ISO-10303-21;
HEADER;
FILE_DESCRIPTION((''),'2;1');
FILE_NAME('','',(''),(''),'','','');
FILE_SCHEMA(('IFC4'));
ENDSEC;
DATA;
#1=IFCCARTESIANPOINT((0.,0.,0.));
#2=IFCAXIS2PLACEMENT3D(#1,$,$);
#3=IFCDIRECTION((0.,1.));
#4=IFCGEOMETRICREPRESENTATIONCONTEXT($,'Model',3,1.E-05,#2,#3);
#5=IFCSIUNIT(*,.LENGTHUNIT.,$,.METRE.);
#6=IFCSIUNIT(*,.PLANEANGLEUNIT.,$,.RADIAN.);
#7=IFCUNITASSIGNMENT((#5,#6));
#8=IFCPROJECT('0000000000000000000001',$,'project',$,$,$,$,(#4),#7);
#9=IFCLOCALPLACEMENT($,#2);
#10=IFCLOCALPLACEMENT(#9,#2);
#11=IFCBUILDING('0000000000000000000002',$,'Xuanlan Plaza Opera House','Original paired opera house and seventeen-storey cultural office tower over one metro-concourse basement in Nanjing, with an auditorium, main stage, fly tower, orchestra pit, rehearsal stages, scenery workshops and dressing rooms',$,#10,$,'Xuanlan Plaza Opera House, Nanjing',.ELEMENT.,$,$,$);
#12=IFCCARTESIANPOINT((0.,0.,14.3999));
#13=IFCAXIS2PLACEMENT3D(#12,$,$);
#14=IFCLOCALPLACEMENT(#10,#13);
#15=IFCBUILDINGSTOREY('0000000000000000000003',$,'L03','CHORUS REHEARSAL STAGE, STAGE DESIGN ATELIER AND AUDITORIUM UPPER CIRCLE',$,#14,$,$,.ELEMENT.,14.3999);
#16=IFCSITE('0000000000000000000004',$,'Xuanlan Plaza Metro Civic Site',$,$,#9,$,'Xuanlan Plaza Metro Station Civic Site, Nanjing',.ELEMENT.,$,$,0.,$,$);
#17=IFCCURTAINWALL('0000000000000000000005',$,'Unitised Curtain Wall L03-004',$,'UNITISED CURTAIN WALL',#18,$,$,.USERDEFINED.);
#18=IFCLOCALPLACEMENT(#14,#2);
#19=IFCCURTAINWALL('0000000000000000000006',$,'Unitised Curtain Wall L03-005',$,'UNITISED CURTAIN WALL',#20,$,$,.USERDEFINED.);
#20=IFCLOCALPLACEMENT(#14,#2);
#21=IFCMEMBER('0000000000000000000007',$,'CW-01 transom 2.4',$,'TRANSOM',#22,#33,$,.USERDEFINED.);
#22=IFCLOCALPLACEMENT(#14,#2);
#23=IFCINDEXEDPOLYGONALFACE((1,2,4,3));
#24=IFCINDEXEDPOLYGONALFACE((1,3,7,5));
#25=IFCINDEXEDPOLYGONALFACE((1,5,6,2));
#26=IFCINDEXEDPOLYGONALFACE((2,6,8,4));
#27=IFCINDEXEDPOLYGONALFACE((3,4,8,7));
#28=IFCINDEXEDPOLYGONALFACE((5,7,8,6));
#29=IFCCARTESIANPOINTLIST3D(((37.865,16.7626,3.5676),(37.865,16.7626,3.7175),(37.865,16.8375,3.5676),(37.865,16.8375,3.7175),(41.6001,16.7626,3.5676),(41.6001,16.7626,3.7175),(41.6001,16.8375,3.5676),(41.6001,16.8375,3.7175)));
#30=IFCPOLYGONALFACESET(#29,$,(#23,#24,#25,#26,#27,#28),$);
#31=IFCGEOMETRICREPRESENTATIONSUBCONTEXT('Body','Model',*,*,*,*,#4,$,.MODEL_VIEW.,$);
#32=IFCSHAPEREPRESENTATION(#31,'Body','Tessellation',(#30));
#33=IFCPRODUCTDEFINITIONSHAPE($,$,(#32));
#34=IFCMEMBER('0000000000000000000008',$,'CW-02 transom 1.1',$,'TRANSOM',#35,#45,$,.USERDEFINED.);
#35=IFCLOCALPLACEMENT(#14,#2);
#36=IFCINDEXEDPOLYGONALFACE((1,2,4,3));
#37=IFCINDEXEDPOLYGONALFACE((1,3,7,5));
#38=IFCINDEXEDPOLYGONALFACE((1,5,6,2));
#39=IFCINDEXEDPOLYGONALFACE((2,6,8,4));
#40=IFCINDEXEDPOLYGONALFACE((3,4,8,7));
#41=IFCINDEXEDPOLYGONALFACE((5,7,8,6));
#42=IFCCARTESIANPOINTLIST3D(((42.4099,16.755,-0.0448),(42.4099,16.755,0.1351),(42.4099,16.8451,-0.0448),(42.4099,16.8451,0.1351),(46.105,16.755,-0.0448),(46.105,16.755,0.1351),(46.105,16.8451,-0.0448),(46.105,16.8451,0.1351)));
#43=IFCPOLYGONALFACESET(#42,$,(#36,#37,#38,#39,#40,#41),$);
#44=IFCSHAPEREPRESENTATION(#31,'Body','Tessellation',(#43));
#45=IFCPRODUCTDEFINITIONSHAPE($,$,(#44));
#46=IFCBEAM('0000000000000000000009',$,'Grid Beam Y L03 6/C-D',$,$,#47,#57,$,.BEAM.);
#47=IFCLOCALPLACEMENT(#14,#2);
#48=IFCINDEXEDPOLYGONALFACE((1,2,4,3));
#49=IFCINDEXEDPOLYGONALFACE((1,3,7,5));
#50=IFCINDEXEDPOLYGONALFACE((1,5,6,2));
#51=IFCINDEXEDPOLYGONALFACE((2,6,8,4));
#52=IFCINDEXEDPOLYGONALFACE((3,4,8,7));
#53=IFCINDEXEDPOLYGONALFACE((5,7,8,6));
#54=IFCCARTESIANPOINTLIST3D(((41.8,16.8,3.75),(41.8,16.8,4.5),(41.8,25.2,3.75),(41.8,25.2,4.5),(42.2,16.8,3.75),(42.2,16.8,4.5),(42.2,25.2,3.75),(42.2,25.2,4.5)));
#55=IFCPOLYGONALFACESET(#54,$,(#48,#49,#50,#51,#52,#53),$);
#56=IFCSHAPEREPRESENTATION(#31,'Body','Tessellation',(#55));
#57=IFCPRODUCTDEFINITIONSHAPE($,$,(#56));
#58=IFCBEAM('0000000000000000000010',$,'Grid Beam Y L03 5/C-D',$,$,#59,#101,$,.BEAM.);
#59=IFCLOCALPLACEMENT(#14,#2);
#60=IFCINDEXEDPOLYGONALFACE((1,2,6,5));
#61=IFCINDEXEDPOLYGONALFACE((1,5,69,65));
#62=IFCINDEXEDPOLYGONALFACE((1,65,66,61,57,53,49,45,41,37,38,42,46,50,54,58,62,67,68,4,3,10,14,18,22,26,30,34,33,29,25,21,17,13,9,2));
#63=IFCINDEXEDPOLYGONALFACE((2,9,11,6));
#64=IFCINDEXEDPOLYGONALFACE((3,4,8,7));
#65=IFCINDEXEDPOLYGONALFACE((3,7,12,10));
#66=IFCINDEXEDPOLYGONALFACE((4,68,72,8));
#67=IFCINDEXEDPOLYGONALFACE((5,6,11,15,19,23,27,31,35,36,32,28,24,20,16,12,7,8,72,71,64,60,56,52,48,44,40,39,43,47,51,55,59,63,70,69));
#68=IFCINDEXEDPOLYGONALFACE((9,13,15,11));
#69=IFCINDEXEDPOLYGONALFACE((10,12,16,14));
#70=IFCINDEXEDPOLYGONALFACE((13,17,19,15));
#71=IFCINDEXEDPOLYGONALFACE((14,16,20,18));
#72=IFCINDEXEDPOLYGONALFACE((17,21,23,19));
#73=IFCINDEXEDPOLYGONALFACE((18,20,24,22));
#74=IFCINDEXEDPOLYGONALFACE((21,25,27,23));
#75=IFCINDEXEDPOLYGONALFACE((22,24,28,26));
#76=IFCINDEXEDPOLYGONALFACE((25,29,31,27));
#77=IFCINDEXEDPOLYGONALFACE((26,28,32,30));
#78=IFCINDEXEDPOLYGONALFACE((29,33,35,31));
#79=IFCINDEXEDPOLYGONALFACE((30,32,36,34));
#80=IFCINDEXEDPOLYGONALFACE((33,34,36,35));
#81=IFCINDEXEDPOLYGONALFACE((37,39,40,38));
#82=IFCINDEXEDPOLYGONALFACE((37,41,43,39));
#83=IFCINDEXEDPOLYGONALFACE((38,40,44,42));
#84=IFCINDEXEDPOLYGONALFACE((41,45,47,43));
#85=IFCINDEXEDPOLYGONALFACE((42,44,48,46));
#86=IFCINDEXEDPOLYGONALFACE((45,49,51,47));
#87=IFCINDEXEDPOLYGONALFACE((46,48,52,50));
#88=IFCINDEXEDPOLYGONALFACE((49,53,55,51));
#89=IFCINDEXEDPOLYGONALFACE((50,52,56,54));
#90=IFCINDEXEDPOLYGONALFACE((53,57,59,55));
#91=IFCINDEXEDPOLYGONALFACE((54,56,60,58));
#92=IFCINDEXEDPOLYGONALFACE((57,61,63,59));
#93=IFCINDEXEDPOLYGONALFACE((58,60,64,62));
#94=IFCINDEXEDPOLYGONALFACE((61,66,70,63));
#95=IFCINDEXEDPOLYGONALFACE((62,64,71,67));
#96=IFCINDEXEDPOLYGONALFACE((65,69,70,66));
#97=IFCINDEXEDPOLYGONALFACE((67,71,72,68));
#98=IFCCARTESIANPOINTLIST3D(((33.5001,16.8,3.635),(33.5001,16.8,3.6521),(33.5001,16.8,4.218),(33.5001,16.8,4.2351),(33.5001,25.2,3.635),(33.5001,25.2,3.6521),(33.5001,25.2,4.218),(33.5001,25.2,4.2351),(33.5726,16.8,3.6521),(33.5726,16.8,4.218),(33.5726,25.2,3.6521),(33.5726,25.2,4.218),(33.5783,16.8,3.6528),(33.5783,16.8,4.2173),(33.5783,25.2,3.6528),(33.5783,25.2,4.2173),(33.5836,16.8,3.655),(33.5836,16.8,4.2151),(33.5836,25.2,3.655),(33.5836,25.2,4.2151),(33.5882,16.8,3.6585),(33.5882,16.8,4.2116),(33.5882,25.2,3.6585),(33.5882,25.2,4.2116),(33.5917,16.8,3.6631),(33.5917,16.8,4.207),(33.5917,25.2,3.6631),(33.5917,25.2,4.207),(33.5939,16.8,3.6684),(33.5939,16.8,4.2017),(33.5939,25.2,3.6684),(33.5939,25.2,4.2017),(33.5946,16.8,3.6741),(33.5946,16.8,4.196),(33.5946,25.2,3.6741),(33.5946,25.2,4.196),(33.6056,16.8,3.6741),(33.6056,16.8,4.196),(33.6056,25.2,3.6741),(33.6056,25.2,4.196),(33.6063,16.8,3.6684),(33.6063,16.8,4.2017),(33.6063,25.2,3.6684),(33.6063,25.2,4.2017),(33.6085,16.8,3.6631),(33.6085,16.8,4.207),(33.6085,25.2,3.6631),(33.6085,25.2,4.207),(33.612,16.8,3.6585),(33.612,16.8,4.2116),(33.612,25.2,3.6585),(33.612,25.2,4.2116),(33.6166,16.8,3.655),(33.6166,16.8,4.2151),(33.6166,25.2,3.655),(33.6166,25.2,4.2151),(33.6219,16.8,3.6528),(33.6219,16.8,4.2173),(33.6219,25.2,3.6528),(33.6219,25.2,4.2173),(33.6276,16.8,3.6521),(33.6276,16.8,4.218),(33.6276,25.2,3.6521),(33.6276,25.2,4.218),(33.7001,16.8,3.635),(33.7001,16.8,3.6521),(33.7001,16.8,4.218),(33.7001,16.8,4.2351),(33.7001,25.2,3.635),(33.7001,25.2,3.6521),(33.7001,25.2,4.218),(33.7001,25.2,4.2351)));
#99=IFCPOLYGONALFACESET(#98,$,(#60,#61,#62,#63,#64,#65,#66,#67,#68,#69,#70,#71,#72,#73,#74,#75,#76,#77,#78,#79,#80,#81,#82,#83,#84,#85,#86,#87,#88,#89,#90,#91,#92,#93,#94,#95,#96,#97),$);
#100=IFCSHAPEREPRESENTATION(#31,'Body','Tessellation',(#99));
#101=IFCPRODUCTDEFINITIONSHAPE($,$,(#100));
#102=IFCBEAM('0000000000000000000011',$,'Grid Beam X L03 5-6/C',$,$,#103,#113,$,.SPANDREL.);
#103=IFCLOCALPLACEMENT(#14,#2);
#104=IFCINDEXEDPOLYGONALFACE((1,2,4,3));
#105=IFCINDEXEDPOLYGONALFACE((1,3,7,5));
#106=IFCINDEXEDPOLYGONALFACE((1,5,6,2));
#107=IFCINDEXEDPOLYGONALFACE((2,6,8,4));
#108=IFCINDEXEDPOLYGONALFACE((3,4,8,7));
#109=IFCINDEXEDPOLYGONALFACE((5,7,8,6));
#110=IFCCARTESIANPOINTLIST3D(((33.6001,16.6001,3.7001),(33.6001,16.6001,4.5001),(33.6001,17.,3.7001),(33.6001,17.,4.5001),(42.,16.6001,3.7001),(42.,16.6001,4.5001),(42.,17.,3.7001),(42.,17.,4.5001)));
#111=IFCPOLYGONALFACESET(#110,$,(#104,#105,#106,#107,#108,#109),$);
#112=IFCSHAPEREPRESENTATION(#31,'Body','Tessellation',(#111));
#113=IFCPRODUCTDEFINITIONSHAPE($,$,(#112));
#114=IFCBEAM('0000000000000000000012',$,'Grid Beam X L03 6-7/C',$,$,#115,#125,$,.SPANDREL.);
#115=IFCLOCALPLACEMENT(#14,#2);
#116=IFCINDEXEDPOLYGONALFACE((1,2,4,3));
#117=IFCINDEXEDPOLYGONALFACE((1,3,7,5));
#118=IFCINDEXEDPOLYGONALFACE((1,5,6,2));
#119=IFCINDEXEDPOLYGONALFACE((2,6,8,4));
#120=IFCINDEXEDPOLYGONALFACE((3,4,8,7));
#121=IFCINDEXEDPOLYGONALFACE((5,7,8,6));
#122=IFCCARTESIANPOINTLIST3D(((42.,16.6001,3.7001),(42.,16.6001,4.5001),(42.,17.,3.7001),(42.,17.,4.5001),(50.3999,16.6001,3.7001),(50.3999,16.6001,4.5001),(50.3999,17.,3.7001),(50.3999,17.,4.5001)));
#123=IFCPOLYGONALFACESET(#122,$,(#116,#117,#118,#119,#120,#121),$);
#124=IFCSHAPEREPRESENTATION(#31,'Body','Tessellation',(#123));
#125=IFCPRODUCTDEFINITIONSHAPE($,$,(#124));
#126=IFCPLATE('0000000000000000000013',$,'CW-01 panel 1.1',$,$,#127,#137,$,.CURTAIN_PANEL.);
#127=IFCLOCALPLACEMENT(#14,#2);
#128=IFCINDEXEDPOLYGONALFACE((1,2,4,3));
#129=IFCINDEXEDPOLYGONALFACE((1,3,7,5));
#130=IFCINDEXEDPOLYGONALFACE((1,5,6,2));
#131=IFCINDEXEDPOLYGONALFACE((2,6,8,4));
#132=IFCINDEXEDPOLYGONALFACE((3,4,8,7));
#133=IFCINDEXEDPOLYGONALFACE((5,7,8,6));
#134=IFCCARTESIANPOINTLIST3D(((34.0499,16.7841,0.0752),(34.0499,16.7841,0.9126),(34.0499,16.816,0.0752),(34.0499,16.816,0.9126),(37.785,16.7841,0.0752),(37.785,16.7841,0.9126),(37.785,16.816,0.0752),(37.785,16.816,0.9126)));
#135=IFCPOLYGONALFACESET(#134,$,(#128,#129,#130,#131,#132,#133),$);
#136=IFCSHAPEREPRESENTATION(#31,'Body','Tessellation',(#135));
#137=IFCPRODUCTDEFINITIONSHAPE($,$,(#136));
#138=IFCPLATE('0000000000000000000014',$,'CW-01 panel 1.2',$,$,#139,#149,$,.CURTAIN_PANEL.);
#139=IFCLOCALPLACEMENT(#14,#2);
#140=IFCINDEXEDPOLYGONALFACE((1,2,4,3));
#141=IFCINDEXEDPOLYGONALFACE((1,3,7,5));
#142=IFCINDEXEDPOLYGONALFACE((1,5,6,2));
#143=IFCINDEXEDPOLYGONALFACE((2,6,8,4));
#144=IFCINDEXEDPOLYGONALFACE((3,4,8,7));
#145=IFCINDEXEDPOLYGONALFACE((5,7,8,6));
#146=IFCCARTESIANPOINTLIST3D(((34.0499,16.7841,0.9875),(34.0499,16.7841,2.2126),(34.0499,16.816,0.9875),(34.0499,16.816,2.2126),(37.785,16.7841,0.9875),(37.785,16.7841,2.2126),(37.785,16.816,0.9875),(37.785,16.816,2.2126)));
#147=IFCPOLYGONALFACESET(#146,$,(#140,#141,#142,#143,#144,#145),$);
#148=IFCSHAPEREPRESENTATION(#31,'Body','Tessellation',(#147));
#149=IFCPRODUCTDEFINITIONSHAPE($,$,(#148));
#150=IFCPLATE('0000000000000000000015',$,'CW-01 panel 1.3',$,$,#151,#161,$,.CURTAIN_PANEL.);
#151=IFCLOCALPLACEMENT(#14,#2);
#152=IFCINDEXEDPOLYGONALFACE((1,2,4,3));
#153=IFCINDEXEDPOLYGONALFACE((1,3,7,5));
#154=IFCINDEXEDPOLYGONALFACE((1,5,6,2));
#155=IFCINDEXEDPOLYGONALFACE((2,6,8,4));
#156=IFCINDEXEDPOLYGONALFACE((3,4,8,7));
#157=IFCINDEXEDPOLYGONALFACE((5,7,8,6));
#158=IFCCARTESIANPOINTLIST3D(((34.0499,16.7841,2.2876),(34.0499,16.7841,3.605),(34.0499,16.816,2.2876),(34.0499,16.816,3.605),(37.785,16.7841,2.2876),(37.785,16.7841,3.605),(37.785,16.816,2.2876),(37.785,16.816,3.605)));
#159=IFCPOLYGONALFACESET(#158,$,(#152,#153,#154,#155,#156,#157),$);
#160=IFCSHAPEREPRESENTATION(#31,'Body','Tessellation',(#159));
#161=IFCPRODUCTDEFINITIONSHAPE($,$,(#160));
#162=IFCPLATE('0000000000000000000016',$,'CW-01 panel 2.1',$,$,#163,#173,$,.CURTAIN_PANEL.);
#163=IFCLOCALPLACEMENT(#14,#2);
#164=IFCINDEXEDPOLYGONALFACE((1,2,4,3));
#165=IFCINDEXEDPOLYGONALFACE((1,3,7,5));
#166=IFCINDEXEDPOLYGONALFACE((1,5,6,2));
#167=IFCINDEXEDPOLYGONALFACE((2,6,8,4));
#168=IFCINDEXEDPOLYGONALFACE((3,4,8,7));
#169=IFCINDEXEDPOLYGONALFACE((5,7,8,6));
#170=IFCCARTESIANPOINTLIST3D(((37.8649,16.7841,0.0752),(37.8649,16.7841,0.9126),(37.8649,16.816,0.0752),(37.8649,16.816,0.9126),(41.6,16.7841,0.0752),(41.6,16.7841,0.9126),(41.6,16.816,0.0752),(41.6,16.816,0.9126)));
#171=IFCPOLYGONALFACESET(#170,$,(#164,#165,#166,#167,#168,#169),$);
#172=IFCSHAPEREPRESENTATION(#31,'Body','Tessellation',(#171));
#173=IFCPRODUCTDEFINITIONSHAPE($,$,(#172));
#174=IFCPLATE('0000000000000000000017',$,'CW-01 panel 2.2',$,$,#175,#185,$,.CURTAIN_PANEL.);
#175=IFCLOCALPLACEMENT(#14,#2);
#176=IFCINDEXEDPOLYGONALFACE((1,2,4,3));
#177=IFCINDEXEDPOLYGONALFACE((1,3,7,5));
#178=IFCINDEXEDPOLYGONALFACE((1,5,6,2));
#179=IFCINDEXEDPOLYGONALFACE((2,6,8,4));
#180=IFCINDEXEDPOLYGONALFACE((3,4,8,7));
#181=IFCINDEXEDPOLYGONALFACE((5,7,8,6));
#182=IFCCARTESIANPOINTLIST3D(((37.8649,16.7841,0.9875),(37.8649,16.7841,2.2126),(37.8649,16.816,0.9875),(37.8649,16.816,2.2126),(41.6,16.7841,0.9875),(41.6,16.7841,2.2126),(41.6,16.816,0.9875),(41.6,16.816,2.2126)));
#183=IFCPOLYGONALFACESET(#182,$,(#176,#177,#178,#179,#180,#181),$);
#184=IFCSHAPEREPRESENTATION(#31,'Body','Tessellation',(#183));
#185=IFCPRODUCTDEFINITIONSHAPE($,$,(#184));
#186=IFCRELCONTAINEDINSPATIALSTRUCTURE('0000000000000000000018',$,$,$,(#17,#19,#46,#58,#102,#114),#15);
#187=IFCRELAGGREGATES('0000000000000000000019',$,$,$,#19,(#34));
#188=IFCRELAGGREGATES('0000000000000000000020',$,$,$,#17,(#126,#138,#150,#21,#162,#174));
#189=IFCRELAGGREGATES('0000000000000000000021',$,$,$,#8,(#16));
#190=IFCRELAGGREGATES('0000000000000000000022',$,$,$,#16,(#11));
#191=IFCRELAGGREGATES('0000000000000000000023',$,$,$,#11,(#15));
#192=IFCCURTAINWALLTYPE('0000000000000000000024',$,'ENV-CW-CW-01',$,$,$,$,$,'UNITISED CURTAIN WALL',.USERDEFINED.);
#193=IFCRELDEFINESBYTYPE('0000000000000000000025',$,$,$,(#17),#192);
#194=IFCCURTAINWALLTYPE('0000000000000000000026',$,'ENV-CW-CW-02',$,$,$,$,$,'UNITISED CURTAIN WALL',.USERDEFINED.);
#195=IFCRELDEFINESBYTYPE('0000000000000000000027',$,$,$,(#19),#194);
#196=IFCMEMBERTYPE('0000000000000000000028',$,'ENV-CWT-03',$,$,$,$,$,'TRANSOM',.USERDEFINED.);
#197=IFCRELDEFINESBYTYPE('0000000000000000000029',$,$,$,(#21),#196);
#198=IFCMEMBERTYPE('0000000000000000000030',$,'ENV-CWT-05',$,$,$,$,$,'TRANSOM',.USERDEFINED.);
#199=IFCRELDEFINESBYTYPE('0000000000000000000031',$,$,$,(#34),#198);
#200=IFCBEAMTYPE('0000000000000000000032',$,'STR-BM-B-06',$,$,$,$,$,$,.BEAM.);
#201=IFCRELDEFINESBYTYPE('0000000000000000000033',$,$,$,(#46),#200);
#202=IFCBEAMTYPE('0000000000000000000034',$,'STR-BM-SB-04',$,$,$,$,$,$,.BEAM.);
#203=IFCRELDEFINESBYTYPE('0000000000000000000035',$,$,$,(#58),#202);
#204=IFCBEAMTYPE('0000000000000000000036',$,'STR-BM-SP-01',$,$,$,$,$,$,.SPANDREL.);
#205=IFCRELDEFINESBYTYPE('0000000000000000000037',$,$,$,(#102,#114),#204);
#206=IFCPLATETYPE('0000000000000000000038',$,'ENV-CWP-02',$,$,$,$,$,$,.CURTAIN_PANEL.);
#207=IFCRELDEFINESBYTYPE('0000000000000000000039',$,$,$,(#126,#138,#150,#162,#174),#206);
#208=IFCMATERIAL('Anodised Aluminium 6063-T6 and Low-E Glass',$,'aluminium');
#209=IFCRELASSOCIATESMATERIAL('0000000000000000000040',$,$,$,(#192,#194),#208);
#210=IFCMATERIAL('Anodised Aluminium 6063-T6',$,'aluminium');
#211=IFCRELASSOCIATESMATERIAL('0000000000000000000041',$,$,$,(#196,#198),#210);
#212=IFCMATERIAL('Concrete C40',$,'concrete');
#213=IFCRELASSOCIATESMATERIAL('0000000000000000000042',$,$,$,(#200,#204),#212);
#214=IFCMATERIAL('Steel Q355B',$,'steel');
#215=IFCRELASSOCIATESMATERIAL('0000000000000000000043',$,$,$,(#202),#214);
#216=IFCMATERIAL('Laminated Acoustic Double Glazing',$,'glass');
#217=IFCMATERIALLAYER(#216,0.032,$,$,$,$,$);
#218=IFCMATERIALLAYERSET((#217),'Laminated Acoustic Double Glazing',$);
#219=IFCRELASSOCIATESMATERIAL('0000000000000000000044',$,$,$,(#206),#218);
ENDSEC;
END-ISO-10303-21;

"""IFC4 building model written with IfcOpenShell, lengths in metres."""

from ifc_helpers import new_model, si_unit, direction, frame, origin, origin_2d, place, context, subcontext, project, spatial, rectangle, i_section, extrude, material, layer, layer_set, material_profile, profile_set, type_object, element, aggregate, save


model = new_model("IFC4")

# Units and contexts
model_context = context("Model", 3, precision=1e-05, world=origin(), true_north=direction((0.0, 1.0)))
body_context = subcontext(model_context, "Body", "Model", "MODEL_VIEW")
ifc_project = project(units=[si_unit("LENGTHUNIT", "METRE"), si_unit("PLANEANGLEUNIT", "RADIAN")], contexts=[model_context])

# Site, building, storey
site_placement = place(None, origin())
site = spatial("IfcSite", under=ifc_project, at=site_placement, Name="Xuanlan Plaza Metro Civic Site", LongName="Xuanlan Plaza Metro Station Civic Site, Nanjing", CompositionType="ELEMENT", RefElevation=0.0)
building_placement = place(site_placement, origin())
building = spatial("IfcBuilding", under=site, at=building_placement, Name="Xuanlan Plaza Opera House", Description="Original paired opera house and seventeen-storey cultural office tower over one metro-concourse basement in Nanjing, with an auditorium, main stage, fly tower, orchestra pit, rehearsal stages, scenery workshops and dressing rooms", LongName="Xuanlan Plaza Opera House, Nanjing", CompositionType="ELEMENT")
storey_placement = place(building_placement, frame((0.0, 0.0, 14.3999)))
storey = spatial("IfcBuildingStorey", under=building, at=storey_placement, Name="L03", Description="CHORUS REHEARSAL STAGE, STAGE DESIGN ATELIER AND AUDITORIUM UPPER CIRCLE", CompositionType="ELEMENT", Elevation=14.3999)

# Shared definitions
ifc_material_1 = material(Name="Concrete C40", Category="concrete")

# Shared definitions
ifc_material_2 = material(Name="Anodised Aluminium 6063-T6 and Low-E Glass", Category="aluminium")
ifc_material_3 = material(Name="Anodised Aluminium 6063-T6", Category="aluminium")

# Curtain wall
curtain_wall_type_1 = type_object("IfcCurtainWallType", Name="ENV-CW-CW-01", ElementType="UNITISED CURTAIN WALL", PredefinedType="USERDEFINED", material=ifc_material_2)
curtain_wall_1_placement = place(storey_placement, origin())
curtain_wall_1 = element("IfcCurtainWall", 1, at=curtain_wall_1_placement, inside=storey, type_object=curtain_wall_type_1, Name="Unitised Curtain Wall L03-004", ObjectType="UNITISED CURTAIN WALL", PredefinedType="USERDEFINED")

# Curtain wall
curtain_wall_type_2 = type_object("IfcCurtainWallType", Name="ENV-CW-CW-02", ElementType="UNITISED CURTAIN WALL", PredefinedType="USERDEFINED", material=ifc_material_2)
curtain_wall_2_placement = place(storey_placement, origin())
curtain_wall_2 = element("IfcCurtainWall", 2, at=curtain_wall_2_placement, inside=storey, type_object=curtain_wall_type_2, Name="Unitised Curtain Wall L03-005", ObjectType="UNITISED CURTAIN WALL", PredefinedType="USERDEFINED")

# Members
ifc_material_profile_1 = material_profile(ifc_material_3, rectangle(XDim=0.075, YDim=0.1499, at=origin_2d()), Name="ALU-T 75x150")
ifc_profile_set_1 = profile_set([ifc_material_profile_1], Name="Anodised Aluminium 6063-T6")
member_type_1 = type_object("IfcMemberType", Name="ENV-CWT-03", ElementType="TRANSOM", PredefinedType="USERDEFINED", material=ifc_profile_set_1)
member_1_placement = place(storey_placement, frame((37.865, 16.8, 3.6426), z_axis=(1.0, 0.0, 0.0), x_axis=(0.0, 1.0, 0.0)))
member_1 = element("IfcMember", 3, at=member_1_placement, type_object=member_type_1, Name="CW-01 transom 2.4", ObjectType="TRANSOM", PredefinedType="USERDEFINED", context=body_context, shape_type="SweptSolid", body=[
    extrude(rectangle(XDim=0.075, YDim=0.1499, at=origin_2d()), origin(), (0.0, 0.0, 1.0), 3.7351),
])
ifc_material_profile_2 = material_profile(ifc_material_3, rectangle(XDim=0.0901, YDim=0.1799, at=origin_2d()), Name="ALU-T 90x180")
ifc_profile_set_2 = profile_set([ifc_material_profile_2], Name="Anodised Aluminium 6063-T6")
member_type_2 = type_object("IfcMemberType", Name="ENV-CWT-05", ElementType="TRANSOM", PredefinedType="USERDEFINED", material=ifc_profile_set_2)
member_2_placement = place(storey_placement, frame((42.4099, 16.8, 0.0452), z_axis=(1.0, 0.0, 0.0), x_axis=(0.0, 1.0, 0.0)))
member_2 = element("IfcMember", 4, at=member_2_placement, type_object=member_type_2, Name="CW-02 transom 1.1", ObjectType="TRANSOM", PredefinedType="USERDEFINED", context=body_context, shape_type="SweptSolid", body=[
    extrude(rectangle(XDim=0.0901, YDim=0.1799, at=origin_2d()), origin(), (0.0, 0.0, 1.0), 3.6951),
])
aggregate(curtain_wall_2, [member_2])

# Beams
ifc_material_profile_3 = material_profile(ifc_material_1, rectangle(XDim=0.3999, YDim=0.75, at=origin_2d()), Name="RC-BM 400x750")
ifc_profile_set_3 = profile_set([ifc_material_profile_3], Name="Concrete C40")
beam_type_1 = type_object("IfcBeamType", Name="STR-BM-B-06", PredefinedType="BEAM", material=ifc_profile_set_3)
beam_1_placement = place(storey_placement, frame((42.0, 16.8, 4.125), z_axis=(0.0, 1.0, 0.0), x_axis=(-1.0, 0.0, 0.0)))
element("IfcBeam", 5, at=beam_1_placement, inside=storey, type_object=beam_type_1, Name="Grid Beam Y L03 6/C-D", PredefinedType="BEAM", context=body_context, shape_type="SweptSolid", body=[
    extrude(rectangle(XDim=0.3999, YDim=0.75, at=origin_2d()), origin(), (0.0, 0.0, 1.0), 8.3999),
])
ifc_material_4 = material(Name="Steel Q355B", Category="steel")
ifc_material_profile_4 = material_profile(ifc_material_4, i_section(OverallWidth=0.2, OverallDepth=0.6001, WebThickness=0.011, FlangeThickness=0.0171, FilletRadius=0.022, at=origin_2d()), Name="HN 600x200x11x17")
ifc_profile_set_4 = profile_set([ifc_material_profile_4], Name="Steel Q355B")
beam_type_2 = type_object("IfcBeamType", Name="STR-BM-SB-04", PredefinedType="BEAM", material=ifc_profile_set_4)
beam_2_placement = place(storey_placement, frame((33.6001, 16.8, 3.9351), z_axis=(0.0, 1.0, 0.0), x_axis=(-1.0, 0.0, 0.0)))
element("IfcBeam", 6, at=beam_2_placement, inside=storey, type_object=beam_type_2, Name="Grid Beam Y L03 5/C-D", PredefinedType="BEAM", context=body_context, shape_type="SweptSolid", body=[
    extrude(i_section(OverallWidth=0.2, OverallDepth=0.6001, WebThickness=0.011, FlangeThickness=0.0171, FilletRadius=0.022, at=origin_2d()), origin(), (0.0, 0.0, 1.0), 8.3999),
])
ifc_material_profile_5 = material_profile(ifc_material_1, rectangle(XDim=0.3999, YDim=0.8, at=origin_2d()), Name="RC-SPD 400x800")
ifc_profile_set_5 = profile_set([ifc_material_profile_5], Name="Concrete C40")
beam_type_3 = type_object("IfcBeamType", Name="STR-BM-SP-01", PredefinedType="SPANDREL", material=ifc_profile_set_5)
for number, where, z_axis, x_axis, name in (
    (7, (33.6001, 16.8, 4.1001), (1.0, 0.0, 0.0), (0.0, 1.0, 0.0), "Grid Beam X L03 5-6/C"),
    (8, (42.0, 16.8, 4.1001), (1.0, 0.0, 0.0), (0.0, 1.0, 0.0), "Grid Beam X L03 6-7/C"),
):
    element("IfcBeam", number, at=place(storey_placement, frame(where, z_axis=z_axis, x_axis=x_axis)), inside=storey, type_object=beam_type_3, Name=name, PredefinedType="SPANDREL", context=body_context, shape_type="SweptSolid", body=[
        extrude(rectangle(XDim=0.3999, YDim=0.8, at=origin_2d()), origin(), (0.0, 0.0, 1.0), 8.3999),
    ])

# Plates
ifc_material_5 = material(Name="Laminated Acoustic Double Glazing", Category="glass")
ifc_layer = layer(ifc_material_5, 0.032)
ifc_layer_set = layer_set([ifc_layer], Name="Laminated Acoustic Double Glazing")
plate_type = type_object("IfcPlateType", Name="ENV-CWP-02", PredefinedType="CURTAIN_PANEL", material=ifc_layer_set)
plate_1_placement = place(storey_placement, frame((35.9175, 16.8, 0.0752), z_axis=(0.0, 0.0, 1.0), x_axis=(1.0, 0.0, 0.0)))
plate_1 = element("IfcPlate", 9, at=plate_1_placement, type_object=plate_type, Name="CW-01 panel 1.1", PredefinedType="CURTAIN_PANEL", context=body_context, shape_type="SweptSolid", body=[
    extrude(rectangle(XDim=3.7351, YDim=0.032, at=origin_2d()), origin(), (0.0, 0.0, 1.0), 0.8374),
])
plate_2_placement = place(storey_placement, frame((35.9175, 16.8, 0.9875), z_axis=(0.0, 0.0, 1.0), x_axis=(1.0, 0.0, 0.0)))
plate_2 = element("IfcPlate", 10, at=plate_2_placement, type_object=plate_type, Name="CW-01 panel 1.2", PredefinedType="CURTAIN_PANEL", context=body_context, shape_type="SweptSolid", body=[
    extrude(rectangle(XDim=3.7351, YDim=0.032, at=origin_2d()), origin(), (0.0, 0.0, 1.0), 1.2251),
])
plate_3_placement = place(storey_placement, frame((35.9175, 16.8, 2.2876), z_axis=(0.0, 0.0, 1.0), x_axis=(1.0, 0.0, 0.0)))
plate_3 = element("IfcPlate", 11, at=plate_3_placement, type_object=plate_type, Name="CW-01 panel 1.3", PredefinedType="CURTAIN_PANEL", context=body_context, shape_type="SweptSolid", body=[
    extrude(rectangle(XDim=3.7351, YDim=0.032, at=origin_2d()), origin(), (0.0, 0.0, 1.0), 1.3174),
])
plate_4_placement = place(storey_placement, frame((39.7324, 16.8, 0.0752), z_axis=(0.0, 0.0, 1.0), x_axis=(1.0, 0.0, 0.0)))
plate_4 = element("IfcPlate", 12, at=plate_4_placement, type_object=plate_type, Name="CW-01 panel 2.1", PredefinedType="CURTAIN_PANEL", context=body_context, shape_type="SweptSolid", body=[
    extrude(rectangle(XDim=3.7351, YDim=0.032, at=origin_2d()), origin(), (0.0, 0.0, 1.0), 0.8374),
])
plate_5_placement = place(storey_placement, frame((39.7324, 16.8, 0.9875), z_axis=(0.0, 0.0, 1.0), x_axis=(1.0, 0.0, 0.0)))
plate_5 = element("IfcPlate", 13, at=plate_5_placement, type_object=plate_type, Name="CW-01 panel 2.2", PredefinedType="CURTAIN_PANEL", context=body_context, shape_type="SweptSolid", body=[
    extrude(rectangle(XDim=3.7351, YDim=0.032, at=origin_2d()), origin(), (0.0, 0.0, 1.0), 1.2251),
])
aggregate(curtain_wall_1, [plate_1, plate_2, plate_3, member_1, plate_4, plate_5])

save(model, "model.ifc")
